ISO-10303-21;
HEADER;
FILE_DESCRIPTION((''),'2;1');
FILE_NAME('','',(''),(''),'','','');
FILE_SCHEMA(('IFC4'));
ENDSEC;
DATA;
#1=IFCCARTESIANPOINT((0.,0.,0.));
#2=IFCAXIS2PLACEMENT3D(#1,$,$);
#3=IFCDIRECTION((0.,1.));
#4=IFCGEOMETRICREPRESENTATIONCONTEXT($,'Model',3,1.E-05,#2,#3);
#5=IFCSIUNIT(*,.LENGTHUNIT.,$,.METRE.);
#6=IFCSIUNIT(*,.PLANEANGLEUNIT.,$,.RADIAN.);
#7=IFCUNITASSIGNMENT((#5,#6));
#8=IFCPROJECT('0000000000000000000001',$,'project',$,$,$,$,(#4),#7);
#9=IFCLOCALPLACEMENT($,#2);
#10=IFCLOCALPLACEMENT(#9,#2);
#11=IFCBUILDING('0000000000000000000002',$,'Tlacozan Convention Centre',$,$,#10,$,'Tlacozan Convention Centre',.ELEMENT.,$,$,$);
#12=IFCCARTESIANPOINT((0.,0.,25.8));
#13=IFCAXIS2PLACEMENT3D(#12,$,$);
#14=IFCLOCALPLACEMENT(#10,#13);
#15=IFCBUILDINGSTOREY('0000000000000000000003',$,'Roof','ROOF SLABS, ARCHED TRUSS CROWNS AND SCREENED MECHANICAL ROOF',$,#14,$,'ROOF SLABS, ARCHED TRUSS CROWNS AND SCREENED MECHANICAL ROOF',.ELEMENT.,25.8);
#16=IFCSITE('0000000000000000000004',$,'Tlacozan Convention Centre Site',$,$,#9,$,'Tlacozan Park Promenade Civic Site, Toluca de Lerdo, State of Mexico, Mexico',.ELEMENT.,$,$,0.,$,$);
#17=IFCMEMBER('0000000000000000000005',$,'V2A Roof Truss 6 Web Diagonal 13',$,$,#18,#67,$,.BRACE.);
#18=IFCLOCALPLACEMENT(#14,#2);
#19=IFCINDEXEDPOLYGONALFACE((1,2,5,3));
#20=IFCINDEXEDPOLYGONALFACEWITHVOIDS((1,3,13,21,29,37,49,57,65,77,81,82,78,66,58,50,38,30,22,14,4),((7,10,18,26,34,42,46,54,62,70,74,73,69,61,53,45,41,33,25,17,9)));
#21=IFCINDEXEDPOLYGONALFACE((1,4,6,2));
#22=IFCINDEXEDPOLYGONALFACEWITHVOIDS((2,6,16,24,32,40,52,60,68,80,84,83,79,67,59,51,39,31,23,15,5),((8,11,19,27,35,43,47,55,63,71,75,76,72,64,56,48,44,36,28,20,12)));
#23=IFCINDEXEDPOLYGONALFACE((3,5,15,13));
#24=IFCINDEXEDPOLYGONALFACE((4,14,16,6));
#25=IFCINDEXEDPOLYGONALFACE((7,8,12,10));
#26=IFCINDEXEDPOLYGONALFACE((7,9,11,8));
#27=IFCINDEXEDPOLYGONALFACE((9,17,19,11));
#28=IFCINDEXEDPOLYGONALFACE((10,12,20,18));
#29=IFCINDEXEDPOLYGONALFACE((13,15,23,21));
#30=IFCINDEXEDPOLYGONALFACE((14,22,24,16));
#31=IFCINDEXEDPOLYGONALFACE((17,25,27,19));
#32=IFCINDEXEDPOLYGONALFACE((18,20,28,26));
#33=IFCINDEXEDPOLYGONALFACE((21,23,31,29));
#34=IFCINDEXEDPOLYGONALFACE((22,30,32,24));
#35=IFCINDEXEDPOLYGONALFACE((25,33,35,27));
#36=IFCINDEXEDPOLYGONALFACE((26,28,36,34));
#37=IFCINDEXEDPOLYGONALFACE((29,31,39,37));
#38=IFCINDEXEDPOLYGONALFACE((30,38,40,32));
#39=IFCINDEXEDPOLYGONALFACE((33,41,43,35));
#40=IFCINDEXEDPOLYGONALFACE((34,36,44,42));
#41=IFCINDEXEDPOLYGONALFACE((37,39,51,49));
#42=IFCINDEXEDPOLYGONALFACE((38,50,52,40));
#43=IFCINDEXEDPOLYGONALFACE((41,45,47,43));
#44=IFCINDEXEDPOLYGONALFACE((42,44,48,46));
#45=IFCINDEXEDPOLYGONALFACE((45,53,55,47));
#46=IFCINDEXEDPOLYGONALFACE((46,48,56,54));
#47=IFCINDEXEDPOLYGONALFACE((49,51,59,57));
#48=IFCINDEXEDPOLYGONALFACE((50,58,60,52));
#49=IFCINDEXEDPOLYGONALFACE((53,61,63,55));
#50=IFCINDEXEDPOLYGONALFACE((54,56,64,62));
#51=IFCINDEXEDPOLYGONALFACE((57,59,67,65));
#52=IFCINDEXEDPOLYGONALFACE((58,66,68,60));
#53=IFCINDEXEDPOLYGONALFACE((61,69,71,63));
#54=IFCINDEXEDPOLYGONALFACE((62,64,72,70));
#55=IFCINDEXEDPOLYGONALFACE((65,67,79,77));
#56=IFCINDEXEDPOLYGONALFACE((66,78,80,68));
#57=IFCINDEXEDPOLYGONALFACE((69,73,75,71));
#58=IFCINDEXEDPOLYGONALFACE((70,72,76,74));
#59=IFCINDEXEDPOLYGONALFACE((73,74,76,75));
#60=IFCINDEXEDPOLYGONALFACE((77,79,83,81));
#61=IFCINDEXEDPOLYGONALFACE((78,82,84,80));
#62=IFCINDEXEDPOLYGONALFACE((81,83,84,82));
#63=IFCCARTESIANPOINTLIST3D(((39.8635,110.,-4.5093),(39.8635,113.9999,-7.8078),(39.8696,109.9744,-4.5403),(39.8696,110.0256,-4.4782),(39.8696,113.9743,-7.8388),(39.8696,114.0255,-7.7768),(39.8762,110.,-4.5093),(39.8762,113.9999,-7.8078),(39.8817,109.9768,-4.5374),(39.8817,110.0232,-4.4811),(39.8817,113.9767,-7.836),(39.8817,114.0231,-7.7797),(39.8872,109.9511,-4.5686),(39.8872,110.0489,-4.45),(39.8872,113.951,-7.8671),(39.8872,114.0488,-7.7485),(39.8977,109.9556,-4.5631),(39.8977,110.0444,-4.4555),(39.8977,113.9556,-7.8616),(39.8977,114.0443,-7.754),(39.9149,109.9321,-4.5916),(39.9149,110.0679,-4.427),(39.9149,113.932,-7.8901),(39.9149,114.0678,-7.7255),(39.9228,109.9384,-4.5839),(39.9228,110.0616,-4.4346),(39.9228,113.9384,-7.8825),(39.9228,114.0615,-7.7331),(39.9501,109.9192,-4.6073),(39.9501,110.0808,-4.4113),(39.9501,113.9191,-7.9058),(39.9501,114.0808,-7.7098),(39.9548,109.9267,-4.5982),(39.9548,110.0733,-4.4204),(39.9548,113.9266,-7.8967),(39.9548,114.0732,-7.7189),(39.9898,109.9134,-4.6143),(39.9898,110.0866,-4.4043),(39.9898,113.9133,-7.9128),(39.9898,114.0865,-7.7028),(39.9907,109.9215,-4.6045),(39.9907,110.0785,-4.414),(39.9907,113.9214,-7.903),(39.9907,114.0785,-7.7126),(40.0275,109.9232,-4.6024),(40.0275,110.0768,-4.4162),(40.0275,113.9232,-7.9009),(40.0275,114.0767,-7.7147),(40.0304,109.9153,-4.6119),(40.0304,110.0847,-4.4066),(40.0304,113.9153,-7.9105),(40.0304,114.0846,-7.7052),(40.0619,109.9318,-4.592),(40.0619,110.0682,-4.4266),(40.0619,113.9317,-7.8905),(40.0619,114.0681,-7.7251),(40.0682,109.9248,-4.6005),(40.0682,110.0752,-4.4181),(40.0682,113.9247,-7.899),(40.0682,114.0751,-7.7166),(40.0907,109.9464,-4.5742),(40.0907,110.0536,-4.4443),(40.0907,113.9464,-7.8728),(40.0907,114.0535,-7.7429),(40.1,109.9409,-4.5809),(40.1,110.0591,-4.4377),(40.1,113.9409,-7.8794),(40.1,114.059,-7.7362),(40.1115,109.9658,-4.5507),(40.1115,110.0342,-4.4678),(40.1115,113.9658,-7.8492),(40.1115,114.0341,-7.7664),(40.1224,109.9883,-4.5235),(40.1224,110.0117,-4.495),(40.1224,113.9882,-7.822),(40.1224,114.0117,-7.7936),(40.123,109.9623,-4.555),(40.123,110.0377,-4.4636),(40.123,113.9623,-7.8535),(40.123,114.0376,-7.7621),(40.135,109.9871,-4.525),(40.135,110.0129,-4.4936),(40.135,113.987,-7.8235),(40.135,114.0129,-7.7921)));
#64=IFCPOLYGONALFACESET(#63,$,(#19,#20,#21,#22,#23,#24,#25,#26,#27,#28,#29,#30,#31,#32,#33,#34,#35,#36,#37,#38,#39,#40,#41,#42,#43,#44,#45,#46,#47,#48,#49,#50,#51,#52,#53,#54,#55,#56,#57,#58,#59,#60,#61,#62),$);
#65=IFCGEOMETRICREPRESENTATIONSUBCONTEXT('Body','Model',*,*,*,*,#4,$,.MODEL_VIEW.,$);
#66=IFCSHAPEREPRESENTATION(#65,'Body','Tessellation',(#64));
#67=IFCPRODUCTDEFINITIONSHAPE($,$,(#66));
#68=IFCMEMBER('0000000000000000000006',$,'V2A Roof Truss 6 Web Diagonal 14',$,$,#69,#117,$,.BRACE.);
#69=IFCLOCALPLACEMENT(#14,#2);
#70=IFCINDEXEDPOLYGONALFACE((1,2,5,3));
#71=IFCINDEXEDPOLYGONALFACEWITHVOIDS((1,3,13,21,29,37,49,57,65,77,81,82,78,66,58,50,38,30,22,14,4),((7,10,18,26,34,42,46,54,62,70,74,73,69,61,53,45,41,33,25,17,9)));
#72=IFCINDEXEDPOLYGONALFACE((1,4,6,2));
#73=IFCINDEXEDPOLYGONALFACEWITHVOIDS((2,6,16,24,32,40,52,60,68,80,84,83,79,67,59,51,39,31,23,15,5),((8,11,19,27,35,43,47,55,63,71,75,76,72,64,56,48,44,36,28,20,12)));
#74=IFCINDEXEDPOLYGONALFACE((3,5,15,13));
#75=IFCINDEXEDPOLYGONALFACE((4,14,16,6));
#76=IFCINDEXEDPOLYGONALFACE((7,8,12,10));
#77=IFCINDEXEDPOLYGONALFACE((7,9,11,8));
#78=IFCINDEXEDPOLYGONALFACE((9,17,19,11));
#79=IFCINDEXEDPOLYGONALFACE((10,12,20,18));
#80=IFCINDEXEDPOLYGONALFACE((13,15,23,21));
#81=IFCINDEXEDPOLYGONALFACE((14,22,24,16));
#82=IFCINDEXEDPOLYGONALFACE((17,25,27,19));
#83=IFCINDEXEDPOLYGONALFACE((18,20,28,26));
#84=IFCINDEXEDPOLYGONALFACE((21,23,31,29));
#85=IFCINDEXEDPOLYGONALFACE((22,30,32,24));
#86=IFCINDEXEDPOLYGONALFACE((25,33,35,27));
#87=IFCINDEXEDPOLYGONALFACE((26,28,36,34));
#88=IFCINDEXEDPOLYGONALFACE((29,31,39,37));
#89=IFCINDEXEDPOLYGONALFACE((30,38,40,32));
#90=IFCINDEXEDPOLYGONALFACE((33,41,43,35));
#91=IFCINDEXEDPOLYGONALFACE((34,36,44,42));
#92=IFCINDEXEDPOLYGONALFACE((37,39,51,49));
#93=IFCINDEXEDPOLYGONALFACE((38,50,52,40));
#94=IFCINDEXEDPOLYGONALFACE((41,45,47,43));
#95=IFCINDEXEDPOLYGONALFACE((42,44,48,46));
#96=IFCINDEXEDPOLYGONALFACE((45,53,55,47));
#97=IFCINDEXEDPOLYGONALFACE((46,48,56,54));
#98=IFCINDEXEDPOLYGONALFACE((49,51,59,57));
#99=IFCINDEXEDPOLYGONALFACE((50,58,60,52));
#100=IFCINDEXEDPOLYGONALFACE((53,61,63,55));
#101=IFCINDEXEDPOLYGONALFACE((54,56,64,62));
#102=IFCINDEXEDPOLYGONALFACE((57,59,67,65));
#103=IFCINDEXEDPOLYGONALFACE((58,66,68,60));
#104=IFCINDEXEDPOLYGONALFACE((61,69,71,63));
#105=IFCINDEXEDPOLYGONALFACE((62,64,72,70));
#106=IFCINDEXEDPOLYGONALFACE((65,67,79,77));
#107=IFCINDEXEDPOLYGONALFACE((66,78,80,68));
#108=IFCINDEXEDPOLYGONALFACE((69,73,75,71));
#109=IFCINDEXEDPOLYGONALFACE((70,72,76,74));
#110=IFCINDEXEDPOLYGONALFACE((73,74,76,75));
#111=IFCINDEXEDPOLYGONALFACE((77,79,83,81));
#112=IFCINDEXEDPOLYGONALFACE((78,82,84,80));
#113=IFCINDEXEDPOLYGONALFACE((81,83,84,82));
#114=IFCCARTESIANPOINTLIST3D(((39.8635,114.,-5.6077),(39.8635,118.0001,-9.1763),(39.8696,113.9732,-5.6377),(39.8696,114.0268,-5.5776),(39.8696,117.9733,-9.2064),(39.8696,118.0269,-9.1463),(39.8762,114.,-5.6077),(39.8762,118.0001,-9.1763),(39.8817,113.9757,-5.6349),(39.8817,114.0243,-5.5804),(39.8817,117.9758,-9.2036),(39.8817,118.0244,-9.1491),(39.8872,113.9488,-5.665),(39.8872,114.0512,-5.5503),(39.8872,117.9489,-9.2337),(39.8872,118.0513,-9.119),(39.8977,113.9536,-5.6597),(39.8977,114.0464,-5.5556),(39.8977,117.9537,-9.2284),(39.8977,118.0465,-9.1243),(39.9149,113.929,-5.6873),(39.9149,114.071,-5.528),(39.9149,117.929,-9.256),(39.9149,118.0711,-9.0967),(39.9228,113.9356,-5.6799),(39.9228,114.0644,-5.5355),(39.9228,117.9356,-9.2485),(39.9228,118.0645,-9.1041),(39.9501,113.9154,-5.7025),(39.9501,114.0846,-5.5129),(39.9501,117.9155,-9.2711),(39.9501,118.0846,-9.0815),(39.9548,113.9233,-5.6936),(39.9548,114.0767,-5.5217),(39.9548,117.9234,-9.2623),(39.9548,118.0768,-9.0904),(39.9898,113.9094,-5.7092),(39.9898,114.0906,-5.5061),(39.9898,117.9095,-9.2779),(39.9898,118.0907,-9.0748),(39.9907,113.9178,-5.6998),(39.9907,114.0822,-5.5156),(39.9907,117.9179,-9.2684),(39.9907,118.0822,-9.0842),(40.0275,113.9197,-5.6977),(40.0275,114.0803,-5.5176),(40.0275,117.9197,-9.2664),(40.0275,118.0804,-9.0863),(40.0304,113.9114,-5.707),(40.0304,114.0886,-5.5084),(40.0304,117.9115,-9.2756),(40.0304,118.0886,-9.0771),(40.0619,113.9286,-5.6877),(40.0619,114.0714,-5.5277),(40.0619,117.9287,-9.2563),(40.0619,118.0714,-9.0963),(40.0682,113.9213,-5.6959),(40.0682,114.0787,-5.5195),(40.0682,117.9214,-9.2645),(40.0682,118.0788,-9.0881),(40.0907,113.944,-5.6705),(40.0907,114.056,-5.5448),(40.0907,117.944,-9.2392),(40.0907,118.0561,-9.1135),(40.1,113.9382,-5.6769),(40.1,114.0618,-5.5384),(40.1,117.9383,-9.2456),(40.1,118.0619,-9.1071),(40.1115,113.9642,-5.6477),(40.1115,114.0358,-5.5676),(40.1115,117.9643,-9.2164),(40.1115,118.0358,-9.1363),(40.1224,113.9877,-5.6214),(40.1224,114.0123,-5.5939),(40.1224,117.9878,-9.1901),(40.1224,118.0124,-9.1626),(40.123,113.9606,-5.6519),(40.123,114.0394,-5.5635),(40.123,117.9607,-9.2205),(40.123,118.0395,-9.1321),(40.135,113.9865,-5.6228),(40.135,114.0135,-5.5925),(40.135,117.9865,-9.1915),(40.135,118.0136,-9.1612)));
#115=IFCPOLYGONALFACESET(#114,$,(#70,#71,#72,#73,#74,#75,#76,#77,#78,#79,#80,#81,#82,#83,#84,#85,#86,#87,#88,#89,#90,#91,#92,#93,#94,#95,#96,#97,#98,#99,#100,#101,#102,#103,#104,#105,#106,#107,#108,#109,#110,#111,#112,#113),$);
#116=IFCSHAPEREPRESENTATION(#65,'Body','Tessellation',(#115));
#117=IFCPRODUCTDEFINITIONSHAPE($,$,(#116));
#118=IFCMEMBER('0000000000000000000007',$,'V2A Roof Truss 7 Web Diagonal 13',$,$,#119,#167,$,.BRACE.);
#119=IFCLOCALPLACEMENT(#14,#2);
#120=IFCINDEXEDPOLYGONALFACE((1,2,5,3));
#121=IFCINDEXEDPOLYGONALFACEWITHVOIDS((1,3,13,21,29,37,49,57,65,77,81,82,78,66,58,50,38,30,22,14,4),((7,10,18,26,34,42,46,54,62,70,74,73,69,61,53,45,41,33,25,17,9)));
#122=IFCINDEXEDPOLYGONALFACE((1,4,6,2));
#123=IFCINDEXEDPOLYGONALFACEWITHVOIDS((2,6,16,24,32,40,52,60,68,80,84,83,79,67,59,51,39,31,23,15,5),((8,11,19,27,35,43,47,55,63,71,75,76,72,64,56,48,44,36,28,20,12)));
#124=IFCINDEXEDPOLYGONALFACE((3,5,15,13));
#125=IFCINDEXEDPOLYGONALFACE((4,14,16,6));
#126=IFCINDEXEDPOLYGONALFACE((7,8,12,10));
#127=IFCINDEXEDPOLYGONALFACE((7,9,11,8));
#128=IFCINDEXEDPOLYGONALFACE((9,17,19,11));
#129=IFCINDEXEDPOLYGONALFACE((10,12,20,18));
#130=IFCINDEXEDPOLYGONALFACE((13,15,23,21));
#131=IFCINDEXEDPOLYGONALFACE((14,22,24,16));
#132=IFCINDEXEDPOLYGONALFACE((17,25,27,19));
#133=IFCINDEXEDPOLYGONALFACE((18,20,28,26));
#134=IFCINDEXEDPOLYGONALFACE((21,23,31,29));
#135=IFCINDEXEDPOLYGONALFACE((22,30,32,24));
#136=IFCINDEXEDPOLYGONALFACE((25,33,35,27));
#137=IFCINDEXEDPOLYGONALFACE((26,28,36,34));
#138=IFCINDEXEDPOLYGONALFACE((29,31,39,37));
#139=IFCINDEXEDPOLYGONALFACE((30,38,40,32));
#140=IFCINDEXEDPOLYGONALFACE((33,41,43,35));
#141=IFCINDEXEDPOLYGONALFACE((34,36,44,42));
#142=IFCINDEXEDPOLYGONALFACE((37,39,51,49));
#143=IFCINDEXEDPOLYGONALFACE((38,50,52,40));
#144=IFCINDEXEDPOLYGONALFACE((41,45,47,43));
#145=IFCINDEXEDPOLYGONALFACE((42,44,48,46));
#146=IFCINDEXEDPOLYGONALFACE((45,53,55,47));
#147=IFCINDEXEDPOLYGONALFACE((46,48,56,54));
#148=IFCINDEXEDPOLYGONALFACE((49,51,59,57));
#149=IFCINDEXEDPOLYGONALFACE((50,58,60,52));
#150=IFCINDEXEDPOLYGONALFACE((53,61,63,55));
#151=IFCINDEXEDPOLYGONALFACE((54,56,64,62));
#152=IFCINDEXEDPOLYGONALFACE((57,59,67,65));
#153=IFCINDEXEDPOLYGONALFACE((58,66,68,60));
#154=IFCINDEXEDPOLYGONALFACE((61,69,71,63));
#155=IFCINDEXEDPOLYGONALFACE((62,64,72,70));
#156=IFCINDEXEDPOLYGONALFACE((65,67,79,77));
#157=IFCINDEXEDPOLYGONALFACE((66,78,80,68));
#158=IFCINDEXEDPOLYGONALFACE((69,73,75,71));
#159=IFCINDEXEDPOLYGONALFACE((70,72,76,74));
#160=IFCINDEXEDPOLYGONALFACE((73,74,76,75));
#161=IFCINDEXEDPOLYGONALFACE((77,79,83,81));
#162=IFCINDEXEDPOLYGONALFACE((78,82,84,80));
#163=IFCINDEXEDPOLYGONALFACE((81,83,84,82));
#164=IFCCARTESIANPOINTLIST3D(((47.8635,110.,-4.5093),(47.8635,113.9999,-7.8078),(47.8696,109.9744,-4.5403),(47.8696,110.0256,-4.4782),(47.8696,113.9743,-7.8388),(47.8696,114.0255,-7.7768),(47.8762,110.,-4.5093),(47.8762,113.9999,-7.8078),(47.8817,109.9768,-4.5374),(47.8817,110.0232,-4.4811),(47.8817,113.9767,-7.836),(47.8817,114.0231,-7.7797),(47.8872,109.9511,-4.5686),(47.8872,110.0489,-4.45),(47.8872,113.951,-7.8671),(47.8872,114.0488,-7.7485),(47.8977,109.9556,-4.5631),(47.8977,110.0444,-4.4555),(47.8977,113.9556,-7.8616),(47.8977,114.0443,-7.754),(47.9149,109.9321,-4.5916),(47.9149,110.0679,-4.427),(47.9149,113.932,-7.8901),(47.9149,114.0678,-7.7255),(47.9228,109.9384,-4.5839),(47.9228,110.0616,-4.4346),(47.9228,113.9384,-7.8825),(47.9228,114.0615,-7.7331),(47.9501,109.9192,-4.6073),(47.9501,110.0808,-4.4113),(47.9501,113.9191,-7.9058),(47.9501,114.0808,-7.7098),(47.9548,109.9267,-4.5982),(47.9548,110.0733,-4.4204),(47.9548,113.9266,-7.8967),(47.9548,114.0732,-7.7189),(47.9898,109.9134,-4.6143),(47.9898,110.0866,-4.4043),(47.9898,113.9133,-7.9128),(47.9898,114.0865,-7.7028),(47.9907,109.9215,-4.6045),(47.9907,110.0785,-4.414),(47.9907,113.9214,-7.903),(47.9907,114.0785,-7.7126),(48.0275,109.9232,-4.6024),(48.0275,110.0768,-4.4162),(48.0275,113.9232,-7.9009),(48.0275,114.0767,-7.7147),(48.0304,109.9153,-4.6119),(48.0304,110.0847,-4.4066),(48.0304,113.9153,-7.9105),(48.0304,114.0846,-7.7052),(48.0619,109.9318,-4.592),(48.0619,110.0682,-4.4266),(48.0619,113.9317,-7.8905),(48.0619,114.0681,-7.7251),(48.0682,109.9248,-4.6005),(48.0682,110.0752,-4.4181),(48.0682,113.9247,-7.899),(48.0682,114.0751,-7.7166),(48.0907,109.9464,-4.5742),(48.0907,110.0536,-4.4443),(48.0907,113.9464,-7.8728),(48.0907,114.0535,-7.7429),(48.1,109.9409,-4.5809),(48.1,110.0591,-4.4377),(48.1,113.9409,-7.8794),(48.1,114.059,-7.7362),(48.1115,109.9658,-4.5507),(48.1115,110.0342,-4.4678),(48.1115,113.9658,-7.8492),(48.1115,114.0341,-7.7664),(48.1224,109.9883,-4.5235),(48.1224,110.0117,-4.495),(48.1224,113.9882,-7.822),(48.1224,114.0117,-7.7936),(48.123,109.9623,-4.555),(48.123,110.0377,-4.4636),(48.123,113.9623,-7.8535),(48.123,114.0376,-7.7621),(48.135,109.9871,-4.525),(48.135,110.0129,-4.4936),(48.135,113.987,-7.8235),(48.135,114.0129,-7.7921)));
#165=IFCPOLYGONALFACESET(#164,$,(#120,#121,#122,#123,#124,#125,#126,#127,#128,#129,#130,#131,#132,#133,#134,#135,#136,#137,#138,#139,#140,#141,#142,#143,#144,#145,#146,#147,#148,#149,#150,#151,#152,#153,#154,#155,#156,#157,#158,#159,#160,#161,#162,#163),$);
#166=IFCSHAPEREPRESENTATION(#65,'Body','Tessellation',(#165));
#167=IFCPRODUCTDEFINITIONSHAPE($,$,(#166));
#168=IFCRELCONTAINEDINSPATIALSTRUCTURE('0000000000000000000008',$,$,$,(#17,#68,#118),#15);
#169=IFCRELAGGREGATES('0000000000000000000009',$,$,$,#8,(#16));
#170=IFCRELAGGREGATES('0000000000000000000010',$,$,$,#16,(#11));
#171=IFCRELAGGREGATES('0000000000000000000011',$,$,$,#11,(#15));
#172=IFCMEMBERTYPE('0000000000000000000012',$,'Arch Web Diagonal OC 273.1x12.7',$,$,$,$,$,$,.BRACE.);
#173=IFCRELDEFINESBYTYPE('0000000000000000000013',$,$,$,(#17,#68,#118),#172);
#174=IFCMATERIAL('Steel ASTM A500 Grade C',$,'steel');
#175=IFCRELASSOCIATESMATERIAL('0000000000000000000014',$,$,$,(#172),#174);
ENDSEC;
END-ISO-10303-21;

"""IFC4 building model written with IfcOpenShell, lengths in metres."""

from ifc_helpers import new_model, si_unit, direction, frame, origin, origin_2d, place, context, subcontext, project, spatial, hollow_circle, extrude, material, material_profile, profile_set, type_object, element, save


model = new_model("IFC4")

# Units and contexts
model_context = context("Model", 3, precision=1e-05, world=origin(), true_north=direction((0.0, 1.0)))
body_context = subcontext(model_context, "Body", "Model", "MODEL_VIEW")
ifc_project = project(units=[si_unit("LENGTHUNIT", "METRE"), si_unit("PLANEANGLEUNIT", "RADIAN")], contexts=[model_context])

# Site, building, storey
site_placement = place(None, origin())
site = spatial("IfcSite", under=ifc_project, at=site_placement, Name="Tlacozan Convention Centre Site", LongName="Tlacozan Park Promenade Civic Site, Toluca de Lerdo, State of Mexico, Mexico", CompositionType="ELEMENT", RefElevation=0.0)
building_placement = place(site_placement, origin())
building = spatial("IfcBuilding", under=site, at=building_placement, Name="Tlacozan Convention Centre", LongName="Tlacozan Convention Centre", CompositionType="ELEMENT")
storey_placement = place(building_placement, frame((0.0, 0.0, 25.8)))
storey = spatial("IfcBuildingStorey", under=building, at=storey_placement, Name="Roof", Description="ROOF SLABS, ARCHED TRUSS CROWNS AND SCREENED MECHANICAL ROOF", LongName="ROOF SLABS, ARCHED TRUSS CROWNS AND SCREENED MECHANICAL ROOF", CompositionType="ELEMENT", Elevation=25.8)

# Members
ifc_material_1 = material(Name="Steel ASTM A500 Grade C", Category="steel")
ifc_material_profile_1 = material_profile(ifc_material_1, hollow_circle(Radius=0.1365, WallThickness=0.0127, at=origin_2d()), Name="OC 273.1x12.7")
ifc_profile_set_1 = profile_set([ifc_material_profile_1], Name="Steel ASTM A500 Grade C")
member_type_1 = type_object("IfcMemberType", Name="Arch Web Diagonal OC 273.1x12.7", PredefinedType="BRACE", material=ifc_profile_set_1)
member_1_placement = place(storey_placement, frame((40.0, 110.0, -4.5093), z_axis=(0.0, 0.771507, -0.63622), x_axis=(-1.0, 0.0, 0.0)))
element("IfcMember", 1, at=member_1_placement, inside=storey, type_object=member_type_1, Name="V2A Roof Truss 6 Web Diagonal 13", PredefinedType="BRACE", context=body_context, shape_type="SweptSolid", body=[
    extrude(hollow_circle(Radius=0.1365, WallThickness=0.0127, at=origin_2d()), origin(), (0.0, 0.0, 1.0), 5.1846),
])
member_2_placement = place(storey_placement, frame((40.0, 114.0, -5.6077), z_axis=(0.0, 0.746199, -0.665722), x_axis=(-1.0, 0.0, 0.0)))
element("IfcMember", 2, at=member_2_placement, inside=storey, type_object=member_type_1, Name="V2A Roof Truss 6 Web Diagonal 14", PredefinedType="BRACE", context=body_context, shape_type="SweptSolid", body=[
    extrude(hollow_circle(Radius=0.1365, WallThickness=0.0127, at=origin_2d()), origin(), (0.0, 0.0, 1.0), 5.3606),
])
member_3_placement = place(storey_placement, frame((48.0, 110.0, -4.5093), z_axis=(0.0, 0.771507, -0.63622), x_axis=(-1.0, 0.0, 0.0)))
element("IfcMember", 3, at=member_3_placement, inside=storey, type_object=member_type_1, Name="V2A Roof Truss 7 Web Diagonal 13", PredefinedType="BRACE", context=body_context, shape_type="SweptSolid", body=[
    extrude(hollow_circle(Radius=0.1365, WallThickness=0.0127, at=origin_2d()), origin(), (0.0, 0.0, 1.0), 5.1846),
])

save(model, "model.ifc")
